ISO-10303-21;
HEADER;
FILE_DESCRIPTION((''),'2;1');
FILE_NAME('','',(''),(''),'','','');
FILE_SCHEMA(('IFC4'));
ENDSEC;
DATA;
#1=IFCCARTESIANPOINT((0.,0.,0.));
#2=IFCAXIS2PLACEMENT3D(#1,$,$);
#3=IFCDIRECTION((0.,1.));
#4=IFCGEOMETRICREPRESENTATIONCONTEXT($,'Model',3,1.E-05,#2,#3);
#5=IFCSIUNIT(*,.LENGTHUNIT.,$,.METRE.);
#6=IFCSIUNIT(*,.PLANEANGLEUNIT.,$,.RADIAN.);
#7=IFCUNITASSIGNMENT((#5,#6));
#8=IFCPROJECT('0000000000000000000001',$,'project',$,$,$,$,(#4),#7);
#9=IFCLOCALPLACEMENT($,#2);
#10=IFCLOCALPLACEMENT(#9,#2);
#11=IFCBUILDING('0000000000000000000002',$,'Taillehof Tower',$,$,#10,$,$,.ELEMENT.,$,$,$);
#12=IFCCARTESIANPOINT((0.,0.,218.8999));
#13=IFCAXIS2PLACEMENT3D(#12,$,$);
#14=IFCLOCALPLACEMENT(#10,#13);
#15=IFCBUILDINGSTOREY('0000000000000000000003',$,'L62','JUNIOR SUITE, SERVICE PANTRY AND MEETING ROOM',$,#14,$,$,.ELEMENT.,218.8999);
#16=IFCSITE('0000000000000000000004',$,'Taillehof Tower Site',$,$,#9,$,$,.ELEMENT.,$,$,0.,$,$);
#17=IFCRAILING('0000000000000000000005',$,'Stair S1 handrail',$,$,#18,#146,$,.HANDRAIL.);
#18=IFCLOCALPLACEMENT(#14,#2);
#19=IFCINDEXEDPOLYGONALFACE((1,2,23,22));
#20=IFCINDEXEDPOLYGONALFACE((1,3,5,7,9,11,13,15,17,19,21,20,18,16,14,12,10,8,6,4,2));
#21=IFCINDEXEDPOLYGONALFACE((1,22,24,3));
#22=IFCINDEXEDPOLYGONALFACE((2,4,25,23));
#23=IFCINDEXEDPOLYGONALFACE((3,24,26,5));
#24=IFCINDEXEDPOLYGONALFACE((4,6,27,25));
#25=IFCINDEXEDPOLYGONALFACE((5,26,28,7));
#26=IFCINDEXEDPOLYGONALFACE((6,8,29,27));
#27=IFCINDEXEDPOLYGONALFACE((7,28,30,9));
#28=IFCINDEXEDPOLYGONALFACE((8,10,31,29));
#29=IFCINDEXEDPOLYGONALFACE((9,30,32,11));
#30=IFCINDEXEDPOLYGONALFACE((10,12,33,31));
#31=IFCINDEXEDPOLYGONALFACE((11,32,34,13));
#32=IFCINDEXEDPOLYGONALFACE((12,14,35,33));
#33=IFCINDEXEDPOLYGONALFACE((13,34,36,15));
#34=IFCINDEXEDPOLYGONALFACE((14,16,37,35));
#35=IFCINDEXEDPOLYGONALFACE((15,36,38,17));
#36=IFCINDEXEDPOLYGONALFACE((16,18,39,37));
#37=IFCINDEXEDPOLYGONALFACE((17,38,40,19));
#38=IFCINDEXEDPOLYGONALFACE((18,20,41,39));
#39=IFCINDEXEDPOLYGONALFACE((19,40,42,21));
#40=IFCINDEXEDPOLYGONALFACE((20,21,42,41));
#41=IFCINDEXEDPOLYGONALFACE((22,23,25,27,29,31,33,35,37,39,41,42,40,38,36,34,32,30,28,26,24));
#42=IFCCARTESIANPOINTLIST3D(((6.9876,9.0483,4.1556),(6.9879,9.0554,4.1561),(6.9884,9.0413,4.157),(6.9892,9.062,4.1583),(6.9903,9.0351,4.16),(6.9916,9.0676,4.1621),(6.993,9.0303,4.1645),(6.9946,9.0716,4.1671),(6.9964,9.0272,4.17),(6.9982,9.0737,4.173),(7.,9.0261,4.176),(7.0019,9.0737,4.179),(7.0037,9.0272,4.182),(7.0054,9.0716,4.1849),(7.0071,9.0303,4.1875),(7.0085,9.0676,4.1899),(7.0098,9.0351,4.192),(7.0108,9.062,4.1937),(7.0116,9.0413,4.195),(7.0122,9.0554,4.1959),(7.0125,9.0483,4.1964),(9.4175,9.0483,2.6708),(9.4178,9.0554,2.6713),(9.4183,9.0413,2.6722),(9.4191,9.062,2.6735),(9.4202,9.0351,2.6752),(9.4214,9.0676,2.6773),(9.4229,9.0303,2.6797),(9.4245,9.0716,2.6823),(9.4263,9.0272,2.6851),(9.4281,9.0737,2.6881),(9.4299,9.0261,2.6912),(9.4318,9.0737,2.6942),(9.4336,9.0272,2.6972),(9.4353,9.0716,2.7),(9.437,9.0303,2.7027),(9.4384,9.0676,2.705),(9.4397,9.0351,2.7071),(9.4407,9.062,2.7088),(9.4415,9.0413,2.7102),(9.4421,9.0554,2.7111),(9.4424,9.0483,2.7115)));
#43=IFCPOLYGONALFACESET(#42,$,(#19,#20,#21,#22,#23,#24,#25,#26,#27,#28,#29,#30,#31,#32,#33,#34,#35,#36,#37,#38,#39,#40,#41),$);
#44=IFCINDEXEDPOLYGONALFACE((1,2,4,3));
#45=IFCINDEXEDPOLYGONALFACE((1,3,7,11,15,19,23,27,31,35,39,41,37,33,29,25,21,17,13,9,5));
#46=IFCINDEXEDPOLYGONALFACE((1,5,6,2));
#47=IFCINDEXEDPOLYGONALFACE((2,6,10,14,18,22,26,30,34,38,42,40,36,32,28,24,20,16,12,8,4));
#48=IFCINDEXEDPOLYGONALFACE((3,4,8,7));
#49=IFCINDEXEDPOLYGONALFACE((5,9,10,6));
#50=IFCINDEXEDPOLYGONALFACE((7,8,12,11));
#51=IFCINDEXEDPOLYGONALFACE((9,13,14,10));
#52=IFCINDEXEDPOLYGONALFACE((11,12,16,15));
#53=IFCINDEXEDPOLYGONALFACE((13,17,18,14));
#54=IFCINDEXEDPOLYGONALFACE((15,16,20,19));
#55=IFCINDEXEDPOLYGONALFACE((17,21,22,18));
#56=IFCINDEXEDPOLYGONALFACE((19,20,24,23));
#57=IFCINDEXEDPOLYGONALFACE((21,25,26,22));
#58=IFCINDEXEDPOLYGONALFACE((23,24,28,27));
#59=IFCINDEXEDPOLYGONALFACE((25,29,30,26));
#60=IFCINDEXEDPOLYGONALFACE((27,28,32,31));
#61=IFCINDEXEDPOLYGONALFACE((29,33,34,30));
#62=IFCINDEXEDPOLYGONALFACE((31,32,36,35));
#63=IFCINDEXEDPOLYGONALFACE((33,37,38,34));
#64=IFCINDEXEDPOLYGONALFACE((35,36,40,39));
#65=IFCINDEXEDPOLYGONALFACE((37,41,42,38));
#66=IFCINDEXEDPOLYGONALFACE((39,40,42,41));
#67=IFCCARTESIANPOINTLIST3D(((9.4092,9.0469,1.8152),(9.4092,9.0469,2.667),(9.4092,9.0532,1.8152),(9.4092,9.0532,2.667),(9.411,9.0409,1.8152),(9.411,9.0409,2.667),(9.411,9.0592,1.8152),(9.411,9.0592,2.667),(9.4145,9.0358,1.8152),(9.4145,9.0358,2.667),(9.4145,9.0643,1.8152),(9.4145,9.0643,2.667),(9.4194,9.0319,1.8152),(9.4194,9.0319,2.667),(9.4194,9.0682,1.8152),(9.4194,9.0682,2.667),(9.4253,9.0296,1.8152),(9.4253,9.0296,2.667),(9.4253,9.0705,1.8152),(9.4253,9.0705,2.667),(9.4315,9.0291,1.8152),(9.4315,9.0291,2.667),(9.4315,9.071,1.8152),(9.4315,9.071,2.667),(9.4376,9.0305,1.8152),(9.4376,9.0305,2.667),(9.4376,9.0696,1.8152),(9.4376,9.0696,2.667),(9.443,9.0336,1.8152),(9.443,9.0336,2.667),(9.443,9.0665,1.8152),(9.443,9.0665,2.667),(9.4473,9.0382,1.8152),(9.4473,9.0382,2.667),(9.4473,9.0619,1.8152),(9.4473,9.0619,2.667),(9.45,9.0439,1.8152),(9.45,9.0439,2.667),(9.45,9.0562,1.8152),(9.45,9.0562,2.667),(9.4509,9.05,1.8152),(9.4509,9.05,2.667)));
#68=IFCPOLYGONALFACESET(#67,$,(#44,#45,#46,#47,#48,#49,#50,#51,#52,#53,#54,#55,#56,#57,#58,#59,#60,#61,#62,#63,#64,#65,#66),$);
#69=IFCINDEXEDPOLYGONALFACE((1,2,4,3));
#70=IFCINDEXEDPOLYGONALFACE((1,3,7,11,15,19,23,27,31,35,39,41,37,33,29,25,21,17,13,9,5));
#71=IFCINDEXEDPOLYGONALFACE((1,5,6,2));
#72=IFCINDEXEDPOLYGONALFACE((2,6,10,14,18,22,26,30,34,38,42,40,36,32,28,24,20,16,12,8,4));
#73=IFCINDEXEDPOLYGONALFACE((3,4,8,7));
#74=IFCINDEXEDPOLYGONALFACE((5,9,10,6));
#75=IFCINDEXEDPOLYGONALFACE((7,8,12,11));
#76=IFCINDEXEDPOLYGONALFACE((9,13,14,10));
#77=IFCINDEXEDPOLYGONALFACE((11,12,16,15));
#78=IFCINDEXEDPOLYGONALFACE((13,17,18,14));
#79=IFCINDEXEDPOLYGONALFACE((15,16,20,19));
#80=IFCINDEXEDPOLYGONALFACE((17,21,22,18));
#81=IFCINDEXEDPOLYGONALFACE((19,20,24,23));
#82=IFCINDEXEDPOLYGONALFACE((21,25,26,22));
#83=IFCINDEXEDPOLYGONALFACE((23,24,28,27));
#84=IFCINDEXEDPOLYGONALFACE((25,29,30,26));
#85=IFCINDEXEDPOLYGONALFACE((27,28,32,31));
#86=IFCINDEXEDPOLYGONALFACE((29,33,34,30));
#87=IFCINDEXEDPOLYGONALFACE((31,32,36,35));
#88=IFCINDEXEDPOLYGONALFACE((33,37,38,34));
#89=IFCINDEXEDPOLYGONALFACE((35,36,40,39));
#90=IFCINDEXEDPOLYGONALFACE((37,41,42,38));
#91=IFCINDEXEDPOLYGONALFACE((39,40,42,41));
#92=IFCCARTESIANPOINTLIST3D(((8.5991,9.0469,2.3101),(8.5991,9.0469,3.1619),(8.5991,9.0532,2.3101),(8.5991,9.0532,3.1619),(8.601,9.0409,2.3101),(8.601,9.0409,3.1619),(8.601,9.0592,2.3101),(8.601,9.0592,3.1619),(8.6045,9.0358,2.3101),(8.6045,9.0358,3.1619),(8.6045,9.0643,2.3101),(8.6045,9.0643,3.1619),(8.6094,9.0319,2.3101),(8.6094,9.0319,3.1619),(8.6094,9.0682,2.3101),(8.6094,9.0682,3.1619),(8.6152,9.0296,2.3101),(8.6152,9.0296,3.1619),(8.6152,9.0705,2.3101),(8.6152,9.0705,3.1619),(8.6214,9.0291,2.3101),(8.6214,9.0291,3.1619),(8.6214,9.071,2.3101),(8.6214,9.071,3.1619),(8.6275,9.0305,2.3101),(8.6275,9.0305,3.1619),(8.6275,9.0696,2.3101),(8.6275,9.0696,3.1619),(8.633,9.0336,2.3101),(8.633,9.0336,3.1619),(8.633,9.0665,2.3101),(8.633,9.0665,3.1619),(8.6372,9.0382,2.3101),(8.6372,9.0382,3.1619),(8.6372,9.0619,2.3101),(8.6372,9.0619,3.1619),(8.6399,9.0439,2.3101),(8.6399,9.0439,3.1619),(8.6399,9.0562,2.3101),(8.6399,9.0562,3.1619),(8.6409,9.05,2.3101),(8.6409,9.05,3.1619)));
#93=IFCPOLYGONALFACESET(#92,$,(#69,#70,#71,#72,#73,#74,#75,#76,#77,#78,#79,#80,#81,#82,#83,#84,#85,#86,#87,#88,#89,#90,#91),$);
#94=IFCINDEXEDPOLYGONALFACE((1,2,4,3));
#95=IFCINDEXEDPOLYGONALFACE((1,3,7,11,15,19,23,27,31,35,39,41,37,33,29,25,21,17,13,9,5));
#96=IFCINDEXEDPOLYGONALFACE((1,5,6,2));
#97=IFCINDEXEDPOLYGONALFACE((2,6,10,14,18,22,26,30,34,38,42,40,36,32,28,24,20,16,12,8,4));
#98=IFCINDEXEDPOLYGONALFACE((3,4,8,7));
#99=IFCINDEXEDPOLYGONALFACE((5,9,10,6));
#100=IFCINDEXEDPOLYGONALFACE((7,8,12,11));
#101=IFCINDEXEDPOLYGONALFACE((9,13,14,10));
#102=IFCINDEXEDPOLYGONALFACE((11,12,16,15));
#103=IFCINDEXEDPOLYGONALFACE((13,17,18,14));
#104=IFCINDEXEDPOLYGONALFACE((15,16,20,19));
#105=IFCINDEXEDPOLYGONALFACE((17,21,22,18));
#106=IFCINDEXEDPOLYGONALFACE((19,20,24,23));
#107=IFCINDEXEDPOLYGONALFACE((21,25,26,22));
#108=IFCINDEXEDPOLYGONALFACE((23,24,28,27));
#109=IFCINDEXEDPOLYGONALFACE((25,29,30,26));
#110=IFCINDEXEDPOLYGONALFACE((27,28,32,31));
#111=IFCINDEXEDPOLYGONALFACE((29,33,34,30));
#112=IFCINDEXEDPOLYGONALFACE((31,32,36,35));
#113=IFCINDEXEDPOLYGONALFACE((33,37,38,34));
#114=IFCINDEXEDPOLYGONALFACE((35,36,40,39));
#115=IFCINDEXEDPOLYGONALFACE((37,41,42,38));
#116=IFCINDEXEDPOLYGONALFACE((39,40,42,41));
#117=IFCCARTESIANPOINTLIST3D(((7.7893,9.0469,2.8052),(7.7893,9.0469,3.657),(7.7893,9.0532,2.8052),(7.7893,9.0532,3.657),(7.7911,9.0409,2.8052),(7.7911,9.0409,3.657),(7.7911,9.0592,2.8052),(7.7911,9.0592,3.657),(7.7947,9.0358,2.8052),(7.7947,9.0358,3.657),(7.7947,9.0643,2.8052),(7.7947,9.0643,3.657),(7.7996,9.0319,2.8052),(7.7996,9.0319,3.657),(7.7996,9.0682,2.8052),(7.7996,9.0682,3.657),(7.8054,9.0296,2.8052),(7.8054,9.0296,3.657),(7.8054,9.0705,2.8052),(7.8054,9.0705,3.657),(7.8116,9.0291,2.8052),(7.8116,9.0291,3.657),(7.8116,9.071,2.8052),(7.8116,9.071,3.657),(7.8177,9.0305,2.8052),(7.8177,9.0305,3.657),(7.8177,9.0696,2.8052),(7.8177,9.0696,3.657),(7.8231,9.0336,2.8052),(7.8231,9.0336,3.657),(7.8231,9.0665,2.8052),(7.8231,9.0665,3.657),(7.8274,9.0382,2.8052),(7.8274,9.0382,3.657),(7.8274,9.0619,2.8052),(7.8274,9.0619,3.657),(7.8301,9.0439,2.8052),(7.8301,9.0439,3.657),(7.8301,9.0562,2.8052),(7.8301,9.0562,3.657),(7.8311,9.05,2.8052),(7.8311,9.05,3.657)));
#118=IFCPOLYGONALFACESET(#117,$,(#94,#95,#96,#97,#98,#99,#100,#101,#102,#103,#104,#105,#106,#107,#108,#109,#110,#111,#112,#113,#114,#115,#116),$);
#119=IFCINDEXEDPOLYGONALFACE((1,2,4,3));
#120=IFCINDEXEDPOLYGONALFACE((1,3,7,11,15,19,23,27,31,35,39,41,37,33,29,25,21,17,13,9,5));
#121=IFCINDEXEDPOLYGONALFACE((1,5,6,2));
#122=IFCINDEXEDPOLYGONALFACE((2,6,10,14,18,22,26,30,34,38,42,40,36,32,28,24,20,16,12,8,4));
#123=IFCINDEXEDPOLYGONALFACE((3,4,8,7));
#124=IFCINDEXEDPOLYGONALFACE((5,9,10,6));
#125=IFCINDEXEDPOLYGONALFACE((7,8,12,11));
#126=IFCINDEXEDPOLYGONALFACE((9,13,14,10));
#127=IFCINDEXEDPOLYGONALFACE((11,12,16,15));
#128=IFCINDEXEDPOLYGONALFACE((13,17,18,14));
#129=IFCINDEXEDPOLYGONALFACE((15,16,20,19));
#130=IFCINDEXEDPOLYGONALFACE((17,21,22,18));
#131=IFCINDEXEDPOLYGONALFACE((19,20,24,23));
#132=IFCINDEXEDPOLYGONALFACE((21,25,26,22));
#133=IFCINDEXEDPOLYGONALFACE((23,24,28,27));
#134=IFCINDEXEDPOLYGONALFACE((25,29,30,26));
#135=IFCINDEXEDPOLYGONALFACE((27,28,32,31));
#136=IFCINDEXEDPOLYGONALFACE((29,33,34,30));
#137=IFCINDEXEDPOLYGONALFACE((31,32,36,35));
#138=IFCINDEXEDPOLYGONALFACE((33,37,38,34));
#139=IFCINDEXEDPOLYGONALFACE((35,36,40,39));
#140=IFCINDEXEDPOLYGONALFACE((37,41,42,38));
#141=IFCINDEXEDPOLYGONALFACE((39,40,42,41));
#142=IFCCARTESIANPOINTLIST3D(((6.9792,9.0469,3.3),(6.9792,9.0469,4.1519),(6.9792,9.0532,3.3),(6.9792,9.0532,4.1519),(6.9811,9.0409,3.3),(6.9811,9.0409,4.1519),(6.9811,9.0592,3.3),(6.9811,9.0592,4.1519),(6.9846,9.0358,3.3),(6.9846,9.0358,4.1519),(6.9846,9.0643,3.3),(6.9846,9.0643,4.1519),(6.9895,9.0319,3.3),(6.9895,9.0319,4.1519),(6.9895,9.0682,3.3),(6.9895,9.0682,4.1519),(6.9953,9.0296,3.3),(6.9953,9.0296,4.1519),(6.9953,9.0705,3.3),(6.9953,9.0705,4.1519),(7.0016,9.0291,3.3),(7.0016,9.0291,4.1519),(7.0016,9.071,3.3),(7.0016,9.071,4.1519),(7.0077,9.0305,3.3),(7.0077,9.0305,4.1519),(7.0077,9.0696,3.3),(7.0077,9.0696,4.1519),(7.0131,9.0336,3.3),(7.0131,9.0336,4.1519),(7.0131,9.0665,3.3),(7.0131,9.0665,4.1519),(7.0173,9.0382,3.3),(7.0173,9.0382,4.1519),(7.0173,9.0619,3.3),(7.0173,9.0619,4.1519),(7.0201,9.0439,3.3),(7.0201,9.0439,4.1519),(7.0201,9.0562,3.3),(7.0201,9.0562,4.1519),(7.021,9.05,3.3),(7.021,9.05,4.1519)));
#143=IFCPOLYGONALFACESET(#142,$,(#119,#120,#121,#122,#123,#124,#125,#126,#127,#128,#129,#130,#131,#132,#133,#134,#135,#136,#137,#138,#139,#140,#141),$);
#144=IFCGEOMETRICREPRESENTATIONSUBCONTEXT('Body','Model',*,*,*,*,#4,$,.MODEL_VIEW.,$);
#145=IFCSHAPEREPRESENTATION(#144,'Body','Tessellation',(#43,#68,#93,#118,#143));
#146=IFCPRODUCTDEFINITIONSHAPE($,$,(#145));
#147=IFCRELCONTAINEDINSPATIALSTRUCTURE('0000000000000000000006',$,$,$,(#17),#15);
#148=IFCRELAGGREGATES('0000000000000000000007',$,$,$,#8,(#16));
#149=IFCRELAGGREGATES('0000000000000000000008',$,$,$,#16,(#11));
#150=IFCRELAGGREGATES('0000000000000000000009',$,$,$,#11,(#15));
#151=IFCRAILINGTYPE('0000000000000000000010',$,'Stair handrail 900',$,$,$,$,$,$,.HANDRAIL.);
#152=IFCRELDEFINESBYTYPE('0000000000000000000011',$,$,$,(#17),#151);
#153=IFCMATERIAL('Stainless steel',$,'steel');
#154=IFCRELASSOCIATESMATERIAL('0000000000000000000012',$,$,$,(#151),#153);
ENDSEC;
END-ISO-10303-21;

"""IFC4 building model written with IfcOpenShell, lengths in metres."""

from ifc_helpers import new_model, si_unit, direction, frame, origin, origin_2d, place, context, subcontext, project, spatial, circle, extrude, material, type_object, element, save


model = new_model("IFC4")

# Units and contexts
model_context = context("Model", 3, precision=1e-05, world=origin(), true_north=direction((0.0, 1.0)))
body_context = subcontext(model_context, "Body", "Model", "MODEL_VIEW")
ifc_project = project(units=[si_unit("LENGTHUNIT", "METRE"), si_unit("PLANEANGLEUNIT", "RADIAN")], contexts=[model_context])

# Site, building, storey
site_placement = place(None, origin())
site = spatial("IfcSite", under=ifc_project, at=site_placement, Name="Taillehof Tower Site", CompositionType="ELEMENT", RefElevation=0.0)
building_placement = place(site_placement, origin())
building = spatial("IfcBuilding", under=site, at=building_placement, Name="Taillehof Tower", CompositionType="ELEMENT")
storey_placement = place(building_placement, frame((0.0, 0.0, 218.8999)))
storey = spatial("IfcBuildingStorey", under=building, at=storey_placement, Name="L62", Description="JUNIOR SUITE, SERVICE PANTRY AND MEETING ROOM", CompositionType="ELEMENT", Elevation=218.8999)

# Railing
ifc_material_1 = material(Name="Stainless steel", Category="steel")
railing_type = type_object("IfcRailingType", Name="Stair handrail 900", PredefinedType="HANDRAIL", material=ifc_material_1)
railing_placement = place(storey_placement, frame((9.4299, 9.05, 1.8152)))
element("IfcRailing", 1, at=railing_placement, inside=storey, type_object=railing_type, Name="Stair S1 handrail", PredefinedType="HANDRAIL", context=body_context, shape_type="SweptSolid", body=[
    extrude(circle(Radius=0.0239, at=origin_2d()), frame((0.0, 0.0, 0.876), z_axis=(-0.853297, 0.0, 0.521426), x_axis=(0.0, -1.0, 0.0)), (0.0, 0.0, 1.0), 2.8477),
    extrude(circle(Radius=0.021, at=origin_2d()), origin(), (0.0, 0.0, 1.0), 0.8518),
    extrude(circle(Radius=0.021, at=origin_2d()), frame((-0.8101, 0.0, 0.4949)), (0.0, 0.0, 1.0), 0.8518),
    extrude(circle(Radius=0.021, at=origin_2d()), frame((-1.6199, 0.0, 0.99)), (0.0, 0.0, 1.0), 0.8518),
    extrude(circle(Radius=0.021, at=origin_2d()), frame((-2.4299, 0.0, 1.4849)), (0.0, 0.0, 1.0), 0.8518),
])

save(model, "model.ifc")
